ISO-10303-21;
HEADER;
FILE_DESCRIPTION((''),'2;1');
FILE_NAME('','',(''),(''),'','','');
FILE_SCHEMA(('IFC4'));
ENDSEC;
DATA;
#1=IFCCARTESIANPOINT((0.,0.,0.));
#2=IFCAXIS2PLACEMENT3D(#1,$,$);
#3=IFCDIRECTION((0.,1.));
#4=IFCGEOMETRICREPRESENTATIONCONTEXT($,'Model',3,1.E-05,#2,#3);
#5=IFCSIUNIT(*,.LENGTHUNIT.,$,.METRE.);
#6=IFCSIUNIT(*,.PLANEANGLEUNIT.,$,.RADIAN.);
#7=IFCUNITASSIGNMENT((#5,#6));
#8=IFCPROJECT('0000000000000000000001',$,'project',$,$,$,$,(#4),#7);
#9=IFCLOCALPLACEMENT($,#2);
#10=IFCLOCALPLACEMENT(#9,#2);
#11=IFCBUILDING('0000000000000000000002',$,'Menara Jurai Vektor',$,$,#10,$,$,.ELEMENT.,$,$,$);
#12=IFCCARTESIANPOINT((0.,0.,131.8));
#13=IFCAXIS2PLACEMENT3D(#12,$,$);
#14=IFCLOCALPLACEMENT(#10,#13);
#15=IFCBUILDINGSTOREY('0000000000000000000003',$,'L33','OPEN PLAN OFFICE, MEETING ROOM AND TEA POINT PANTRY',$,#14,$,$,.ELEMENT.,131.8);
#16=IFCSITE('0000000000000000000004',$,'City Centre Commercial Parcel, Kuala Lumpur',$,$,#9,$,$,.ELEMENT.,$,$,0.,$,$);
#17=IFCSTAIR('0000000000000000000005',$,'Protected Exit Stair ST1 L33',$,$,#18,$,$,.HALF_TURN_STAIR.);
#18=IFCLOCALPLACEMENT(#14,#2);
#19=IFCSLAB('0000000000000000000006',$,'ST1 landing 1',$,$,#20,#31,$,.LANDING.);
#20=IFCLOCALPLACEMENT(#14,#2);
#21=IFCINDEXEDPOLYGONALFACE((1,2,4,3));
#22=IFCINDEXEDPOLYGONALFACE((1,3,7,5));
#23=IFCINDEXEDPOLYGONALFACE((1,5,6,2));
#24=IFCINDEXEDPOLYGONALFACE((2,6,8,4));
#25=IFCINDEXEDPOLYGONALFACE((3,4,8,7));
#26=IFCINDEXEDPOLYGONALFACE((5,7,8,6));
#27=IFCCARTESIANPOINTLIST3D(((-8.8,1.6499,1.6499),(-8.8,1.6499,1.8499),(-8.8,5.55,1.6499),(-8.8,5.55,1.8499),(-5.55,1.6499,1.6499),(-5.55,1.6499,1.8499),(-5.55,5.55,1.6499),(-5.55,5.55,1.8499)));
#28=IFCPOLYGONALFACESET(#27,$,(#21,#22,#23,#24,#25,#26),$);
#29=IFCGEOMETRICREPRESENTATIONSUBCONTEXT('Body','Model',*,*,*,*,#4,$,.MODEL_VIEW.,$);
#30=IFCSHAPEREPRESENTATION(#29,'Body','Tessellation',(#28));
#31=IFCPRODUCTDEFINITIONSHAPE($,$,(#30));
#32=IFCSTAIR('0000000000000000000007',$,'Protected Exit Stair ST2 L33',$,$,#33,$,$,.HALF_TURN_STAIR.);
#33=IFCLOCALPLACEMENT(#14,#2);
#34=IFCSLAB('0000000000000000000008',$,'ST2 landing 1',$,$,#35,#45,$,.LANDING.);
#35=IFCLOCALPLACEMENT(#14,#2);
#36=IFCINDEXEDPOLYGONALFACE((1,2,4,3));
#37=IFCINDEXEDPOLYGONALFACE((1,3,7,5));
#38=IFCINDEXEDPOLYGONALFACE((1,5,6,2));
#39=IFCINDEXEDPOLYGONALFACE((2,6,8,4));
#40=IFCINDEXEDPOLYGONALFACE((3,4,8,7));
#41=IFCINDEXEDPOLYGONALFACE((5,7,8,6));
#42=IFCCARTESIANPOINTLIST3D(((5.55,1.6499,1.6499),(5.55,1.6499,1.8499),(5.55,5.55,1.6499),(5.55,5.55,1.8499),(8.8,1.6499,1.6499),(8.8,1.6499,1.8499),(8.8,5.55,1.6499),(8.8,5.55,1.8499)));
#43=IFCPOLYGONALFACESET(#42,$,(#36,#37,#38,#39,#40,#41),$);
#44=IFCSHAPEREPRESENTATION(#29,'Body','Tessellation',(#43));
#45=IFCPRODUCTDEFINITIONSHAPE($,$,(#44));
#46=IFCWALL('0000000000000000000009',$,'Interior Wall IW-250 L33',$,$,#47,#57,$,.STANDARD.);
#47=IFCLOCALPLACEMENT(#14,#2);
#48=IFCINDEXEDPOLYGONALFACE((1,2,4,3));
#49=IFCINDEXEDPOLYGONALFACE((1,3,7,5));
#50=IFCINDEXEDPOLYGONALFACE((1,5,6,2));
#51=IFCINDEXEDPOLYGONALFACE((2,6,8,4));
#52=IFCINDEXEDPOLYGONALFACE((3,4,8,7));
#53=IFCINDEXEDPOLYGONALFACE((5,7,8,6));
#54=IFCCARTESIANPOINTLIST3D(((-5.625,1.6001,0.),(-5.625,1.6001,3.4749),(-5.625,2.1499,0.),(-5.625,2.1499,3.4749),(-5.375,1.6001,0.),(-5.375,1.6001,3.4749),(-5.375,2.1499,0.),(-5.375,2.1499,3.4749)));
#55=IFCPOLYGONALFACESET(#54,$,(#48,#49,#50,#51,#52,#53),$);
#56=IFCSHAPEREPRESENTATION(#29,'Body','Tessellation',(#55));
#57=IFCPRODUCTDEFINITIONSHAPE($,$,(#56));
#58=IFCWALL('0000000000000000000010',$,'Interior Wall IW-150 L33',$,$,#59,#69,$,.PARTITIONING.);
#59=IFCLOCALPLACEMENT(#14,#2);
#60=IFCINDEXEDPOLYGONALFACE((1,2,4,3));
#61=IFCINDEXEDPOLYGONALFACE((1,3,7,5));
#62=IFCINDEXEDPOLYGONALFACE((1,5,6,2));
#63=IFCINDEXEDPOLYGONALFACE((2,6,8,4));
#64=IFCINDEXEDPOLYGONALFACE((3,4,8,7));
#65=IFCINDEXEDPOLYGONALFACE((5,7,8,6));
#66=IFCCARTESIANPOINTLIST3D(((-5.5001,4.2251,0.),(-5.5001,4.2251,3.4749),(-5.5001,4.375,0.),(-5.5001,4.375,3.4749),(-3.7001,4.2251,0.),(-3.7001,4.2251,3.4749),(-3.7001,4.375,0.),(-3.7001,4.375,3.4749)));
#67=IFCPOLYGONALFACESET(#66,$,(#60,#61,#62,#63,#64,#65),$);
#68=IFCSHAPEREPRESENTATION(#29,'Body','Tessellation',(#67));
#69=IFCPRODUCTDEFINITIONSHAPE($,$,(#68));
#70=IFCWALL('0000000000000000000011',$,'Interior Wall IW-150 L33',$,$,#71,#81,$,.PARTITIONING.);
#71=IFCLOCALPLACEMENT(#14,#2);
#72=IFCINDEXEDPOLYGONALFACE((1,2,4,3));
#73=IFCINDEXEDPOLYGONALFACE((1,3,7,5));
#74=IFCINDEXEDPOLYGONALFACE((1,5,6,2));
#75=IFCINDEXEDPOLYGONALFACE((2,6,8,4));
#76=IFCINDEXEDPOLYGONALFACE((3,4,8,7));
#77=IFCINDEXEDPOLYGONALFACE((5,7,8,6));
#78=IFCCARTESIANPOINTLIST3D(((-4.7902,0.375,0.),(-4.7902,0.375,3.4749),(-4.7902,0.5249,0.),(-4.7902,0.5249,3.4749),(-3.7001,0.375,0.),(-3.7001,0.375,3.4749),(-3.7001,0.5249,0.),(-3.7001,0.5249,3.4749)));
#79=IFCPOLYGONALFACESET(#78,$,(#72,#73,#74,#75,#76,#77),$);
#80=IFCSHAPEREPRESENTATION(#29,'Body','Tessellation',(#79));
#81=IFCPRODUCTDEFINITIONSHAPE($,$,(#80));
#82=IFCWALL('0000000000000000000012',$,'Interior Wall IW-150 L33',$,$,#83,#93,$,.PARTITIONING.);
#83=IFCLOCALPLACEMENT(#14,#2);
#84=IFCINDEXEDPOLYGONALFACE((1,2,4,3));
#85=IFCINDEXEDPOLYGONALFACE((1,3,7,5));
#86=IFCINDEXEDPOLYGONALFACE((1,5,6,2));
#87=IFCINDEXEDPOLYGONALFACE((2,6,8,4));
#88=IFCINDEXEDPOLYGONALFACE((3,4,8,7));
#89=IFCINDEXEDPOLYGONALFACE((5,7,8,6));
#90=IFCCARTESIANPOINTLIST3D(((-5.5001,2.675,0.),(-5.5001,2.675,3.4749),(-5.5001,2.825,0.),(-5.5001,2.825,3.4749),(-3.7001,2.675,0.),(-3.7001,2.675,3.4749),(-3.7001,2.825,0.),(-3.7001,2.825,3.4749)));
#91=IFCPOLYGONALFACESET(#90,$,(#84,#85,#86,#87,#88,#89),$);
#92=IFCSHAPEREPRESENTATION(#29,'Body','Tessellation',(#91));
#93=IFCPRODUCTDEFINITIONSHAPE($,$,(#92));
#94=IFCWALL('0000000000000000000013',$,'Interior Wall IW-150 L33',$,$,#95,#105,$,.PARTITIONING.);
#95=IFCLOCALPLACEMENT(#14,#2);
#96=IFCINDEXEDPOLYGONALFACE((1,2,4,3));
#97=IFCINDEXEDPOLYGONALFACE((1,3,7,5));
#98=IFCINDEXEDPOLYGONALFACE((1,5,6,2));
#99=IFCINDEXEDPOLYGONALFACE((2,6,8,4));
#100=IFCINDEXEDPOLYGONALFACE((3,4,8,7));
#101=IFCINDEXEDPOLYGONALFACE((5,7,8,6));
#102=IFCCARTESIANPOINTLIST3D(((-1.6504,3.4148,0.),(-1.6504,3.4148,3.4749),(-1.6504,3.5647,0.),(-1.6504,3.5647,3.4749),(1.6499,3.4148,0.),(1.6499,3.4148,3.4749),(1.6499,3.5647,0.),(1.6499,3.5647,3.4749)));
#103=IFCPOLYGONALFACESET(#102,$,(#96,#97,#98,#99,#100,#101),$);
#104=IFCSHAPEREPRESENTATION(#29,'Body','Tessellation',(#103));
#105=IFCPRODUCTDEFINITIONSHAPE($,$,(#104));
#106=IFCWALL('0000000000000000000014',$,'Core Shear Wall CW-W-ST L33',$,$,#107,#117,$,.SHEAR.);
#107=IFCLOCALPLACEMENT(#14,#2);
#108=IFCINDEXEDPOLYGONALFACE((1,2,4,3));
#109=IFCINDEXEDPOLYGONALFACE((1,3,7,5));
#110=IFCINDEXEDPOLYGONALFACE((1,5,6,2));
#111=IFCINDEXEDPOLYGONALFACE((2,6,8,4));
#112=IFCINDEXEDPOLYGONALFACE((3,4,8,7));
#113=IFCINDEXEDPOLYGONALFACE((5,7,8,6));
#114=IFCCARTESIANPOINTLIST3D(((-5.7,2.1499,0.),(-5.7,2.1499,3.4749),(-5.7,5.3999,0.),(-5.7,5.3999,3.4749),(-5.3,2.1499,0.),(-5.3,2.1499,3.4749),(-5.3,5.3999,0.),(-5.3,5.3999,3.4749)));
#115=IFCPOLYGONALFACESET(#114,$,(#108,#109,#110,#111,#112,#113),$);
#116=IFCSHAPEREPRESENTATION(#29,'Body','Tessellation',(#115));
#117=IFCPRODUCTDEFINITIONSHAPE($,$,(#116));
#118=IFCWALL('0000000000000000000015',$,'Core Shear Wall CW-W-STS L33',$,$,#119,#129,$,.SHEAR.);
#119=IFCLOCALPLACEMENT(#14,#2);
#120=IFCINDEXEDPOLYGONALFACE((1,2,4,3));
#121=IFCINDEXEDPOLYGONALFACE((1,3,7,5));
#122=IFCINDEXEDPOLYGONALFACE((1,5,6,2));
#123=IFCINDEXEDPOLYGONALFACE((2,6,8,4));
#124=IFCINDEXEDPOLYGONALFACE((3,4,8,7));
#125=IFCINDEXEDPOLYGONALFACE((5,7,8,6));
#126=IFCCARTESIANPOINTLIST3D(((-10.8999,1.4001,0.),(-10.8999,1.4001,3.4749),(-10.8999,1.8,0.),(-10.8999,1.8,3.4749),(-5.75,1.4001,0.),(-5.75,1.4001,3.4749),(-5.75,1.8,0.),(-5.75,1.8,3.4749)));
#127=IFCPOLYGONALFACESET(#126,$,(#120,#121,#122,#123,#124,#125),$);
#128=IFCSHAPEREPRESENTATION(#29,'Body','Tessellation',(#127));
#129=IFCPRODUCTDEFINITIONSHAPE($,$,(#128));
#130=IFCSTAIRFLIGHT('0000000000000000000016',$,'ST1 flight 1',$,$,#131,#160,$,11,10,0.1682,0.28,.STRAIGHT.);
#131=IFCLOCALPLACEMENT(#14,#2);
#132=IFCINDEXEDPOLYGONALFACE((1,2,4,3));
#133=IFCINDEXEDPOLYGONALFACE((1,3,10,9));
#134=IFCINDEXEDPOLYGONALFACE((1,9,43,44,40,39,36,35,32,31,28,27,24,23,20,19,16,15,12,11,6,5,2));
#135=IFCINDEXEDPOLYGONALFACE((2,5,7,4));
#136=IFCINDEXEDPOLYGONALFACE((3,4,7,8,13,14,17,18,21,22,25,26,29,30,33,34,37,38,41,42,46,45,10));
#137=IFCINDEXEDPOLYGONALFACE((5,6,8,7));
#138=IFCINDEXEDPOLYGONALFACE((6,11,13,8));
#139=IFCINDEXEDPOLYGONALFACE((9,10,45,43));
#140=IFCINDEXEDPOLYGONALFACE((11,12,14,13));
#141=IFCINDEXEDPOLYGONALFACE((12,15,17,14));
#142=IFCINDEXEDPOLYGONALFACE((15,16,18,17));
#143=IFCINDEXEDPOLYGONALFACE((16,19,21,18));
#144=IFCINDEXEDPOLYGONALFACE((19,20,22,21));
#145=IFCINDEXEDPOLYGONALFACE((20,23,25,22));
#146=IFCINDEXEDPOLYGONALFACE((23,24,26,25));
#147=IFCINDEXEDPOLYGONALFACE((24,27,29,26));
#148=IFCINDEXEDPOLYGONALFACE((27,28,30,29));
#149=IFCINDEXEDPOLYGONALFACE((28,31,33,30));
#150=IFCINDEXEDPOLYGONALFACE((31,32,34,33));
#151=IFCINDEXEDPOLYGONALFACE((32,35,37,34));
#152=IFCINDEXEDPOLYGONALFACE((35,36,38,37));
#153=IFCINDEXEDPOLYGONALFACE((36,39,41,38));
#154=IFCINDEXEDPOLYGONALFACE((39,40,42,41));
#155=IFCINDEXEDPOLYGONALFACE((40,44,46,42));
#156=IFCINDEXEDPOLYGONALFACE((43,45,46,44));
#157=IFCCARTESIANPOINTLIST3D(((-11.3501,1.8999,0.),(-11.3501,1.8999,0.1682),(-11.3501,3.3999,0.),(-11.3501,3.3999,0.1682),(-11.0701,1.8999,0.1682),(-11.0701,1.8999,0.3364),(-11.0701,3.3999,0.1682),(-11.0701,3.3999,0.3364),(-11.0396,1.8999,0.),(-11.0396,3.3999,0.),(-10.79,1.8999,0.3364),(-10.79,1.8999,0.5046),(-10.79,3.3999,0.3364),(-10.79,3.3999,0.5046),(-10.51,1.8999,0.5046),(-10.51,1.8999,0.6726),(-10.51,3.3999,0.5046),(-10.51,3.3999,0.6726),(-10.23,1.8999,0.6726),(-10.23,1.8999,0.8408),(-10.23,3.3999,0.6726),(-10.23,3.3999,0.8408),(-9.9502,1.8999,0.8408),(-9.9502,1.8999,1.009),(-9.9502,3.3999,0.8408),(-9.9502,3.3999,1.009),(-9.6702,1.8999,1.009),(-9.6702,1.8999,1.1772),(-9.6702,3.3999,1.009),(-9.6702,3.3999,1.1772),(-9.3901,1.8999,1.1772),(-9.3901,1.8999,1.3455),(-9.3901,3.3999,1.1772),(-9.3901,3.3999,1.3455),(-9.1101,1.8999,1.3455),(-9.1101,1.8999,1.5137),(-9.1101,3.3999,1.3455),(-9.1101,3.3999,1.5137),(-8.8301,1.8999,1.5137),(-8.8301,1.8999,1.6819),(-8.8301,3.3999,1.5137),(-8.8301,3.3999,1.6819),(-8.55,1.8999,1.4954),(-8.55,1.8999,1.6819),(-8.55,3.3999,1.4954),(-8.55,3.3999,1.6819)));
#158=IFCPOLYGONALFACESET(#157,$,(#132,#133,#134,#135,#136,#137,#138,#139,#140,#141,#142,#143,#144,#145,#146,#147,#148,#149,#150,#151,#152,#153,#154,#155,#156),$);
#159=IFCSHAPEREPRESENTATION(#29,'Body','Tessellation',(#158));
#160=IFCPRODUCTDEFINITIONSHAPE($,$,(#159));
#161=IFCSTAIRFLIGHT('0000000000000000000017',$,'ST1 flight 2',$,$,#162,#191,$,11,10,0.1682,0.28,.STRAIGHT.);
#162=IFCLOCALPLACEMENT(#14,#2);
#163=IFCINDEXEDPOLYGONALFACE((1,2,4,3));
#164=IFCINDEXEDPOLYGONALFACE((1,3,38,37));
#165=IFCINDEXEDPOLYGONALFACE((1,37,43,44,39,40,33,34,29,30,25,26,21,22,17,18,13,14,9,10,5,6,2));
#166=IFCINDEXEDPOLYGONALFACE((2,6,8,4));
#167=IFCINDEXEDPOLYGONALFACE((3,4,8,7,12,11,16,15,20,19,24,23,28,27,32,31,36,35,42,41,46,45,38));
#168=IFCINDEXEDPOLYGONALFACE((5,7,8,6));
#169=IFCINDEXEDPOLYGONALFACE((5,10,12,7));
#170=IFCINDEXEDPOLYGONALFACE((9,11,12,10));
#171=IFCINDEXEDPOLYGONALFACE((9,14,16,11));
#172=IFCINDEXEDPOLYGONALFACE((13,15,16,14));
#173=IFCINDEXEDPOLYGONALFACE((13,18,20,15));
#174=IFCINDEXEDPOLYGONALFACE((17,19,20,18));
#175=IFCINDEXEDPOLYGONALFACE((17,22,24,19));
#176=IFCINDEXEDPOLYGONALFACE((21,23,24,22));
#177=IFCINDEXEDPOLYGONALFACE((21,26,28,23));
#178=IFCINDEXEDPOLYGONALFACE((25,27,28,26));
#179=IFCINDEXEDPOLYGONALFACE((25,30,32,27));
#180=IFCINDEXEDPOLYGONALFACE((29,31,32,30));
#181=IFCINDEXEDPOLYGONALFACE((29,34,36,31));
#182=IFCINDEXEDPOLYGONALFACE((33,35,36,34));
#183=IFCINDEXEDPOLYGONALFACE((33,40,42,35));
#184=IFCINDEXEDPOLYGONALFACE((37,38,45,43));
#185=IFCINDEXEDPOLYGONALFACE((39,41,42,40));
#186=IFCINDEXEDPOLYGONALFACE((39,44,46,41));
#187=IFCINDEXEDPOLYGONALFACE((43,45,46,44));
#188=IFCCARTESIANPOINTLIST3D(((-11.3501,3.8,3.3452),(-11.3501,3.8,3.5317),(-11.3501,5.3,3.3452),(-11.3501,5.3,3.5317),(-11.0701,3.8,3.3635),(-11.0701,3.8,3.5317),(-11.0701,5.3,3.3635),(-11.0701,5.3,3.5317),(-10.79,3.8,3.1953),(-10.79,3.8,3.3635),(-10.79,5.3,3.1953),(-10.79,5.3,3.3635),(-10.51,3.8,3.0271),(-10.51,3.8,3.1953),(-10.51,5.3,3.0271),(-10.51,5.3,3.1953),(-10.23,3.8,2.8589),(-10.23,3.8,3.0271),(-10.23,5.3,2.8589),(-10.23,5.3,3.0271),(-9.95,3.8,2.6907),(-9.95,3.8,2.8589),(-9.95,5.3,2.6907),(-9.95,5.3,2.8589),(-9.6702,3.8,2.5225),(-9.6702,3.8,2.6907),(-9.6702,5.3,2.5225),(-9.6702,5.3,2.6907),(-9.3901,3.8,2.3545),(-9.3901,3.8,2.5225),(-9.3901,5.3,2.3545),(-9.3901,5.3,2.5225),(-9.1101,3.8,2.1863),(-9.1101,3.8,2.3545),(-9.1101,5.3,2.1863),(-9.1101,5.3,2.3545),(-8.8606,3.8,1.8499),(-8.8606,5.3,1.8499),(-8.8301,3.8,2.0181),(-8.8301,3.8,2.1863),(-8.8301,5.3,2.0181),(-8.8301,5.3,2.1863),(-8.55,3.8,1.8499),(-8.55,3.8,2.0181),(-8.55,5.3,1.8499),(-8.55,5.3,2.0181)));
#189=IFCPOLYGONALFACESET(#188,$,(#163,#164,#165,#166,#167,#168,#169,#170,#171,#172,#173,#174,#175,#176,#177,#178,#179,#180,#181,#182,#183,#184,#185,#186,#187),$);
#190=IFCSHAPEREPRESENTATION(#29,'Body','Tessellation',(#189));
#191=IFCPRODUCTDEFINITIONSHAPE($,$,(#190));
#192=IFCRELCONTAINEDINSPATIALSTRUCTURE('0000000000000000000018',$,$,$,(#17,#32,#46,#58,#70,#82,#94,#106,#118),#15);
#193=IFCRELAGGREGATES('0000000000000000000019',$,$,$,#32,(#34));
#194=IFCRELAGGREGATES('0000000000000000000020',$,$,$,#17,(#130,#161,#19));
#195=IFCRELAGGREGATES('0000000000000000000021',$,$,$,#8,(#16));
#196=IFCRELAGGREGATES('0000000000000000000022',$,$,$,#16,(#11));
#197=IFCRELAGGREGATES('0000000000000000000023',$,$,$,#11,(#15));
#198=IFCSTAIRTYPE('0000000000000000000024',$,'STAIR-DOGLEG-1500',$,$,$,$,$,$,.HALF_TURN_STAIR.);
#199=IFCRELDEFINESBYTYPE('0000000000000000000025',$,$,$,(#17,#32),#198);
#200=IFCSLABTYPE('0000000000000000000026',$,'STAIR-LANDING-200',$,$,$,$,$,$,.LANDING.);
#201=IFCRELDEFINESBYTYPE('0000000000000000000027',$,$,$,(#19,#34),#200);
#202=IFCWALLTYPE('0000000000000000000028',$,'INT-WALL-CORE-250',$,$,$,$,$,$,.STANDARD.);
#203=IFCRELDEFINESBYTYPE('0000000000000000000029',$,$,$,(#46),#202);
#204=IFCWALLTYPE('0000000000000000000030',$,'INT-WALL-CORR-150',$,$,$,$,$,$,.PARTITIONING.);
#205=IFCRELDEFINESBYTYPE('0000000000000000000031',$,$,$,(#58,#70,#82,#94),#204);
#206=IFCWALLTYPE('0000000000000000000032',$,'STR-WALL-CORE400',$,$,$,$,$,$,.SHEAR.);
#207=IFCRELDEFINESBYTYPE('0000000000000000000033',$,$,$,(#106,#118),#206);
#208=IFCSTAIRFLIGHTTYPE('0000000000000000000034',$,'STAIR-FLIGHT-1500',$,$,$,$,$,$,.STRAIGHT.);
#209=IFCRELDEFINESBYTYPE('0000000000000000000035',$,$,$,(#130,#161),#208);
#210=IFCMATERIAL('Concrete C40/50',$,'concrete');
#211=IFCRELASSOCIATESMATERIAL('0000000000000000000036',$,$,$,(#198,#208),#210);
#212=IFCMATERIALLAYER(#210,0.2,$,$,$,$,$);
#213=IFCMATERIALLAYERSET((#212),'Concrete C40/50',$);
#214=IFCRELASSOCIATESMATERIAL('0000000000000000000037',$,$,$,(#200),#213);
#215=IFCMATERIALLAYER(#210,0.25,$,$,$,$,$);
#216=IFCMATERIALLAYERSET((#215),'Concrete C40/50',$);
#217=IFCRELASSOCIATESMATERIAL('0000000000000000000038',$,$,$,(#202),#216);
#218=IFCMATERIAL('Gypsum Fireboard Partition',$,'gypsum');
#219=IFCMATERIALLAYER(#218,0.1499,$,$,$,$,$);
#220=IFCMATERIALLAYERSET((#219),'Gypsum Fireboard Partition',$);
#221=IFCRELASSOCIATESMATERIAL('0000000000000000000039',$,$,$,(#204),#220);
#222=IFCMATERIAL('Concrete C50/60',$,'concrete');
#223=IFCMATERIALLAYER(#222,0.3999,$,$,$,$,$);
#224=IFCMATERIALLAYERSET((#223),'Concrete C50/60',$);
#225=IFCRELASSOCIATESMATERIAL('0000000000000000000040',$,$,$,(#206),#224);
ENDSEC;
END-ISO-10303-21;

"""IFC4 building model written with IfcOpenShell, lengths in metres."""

from ifc_helpers import new_model, si_unit, direction, frame, frame_2d, origin, place, context, subcontext, project, spatial, polyline, rectangle, outline, extrude, material, layer, layer_set, type_object, element, aggregate, save


model = new_model("IFC4")

# Units and contexts
model_context = context("Model", 3, precision=1e-05, world=origin(), true_north=direction((0.0, 1.0)))
body_context = subcontext(model_context, "Body", "Model", "MODEL_VIEW")
ifc_project = project(units=[si_unit("LENGTHUNIT", "METRE"), si_unit("PLANEANGLEUNIT", "RADIAN")], contexts=[model_context])

# Site, building, storey
site_placement = place(None, origin())
site = spatial("IfcSite", under=ifc_project, at=site_placement, Name="City Centre Commercial Parcel, Kuala Lumpur", CompositionType="ELEMENT", RefElevation=0.0)
building_placement = place(site_placement, origin())
building = spatial("IfcBuilding", under=site, at=building_placement, Name="Menara Jurai Vektor", CompositionType="ELEMENT")
storey_placement = place(building_placement, frame((0.0, 0.0, 131.8)))
storey = spatial("IfcBuildingStorey", under=building, at=storey_placement, Name="L33", Description="OPEN PLAN OFFICE, MEETING ROOM AND TEA POINT PANTRY", CompositionType="ELEMENT", Elevation=131.8)

# Shared definitions
ifc_material_1 = material(Name="Concrete C50/60", Category="concrete")

# Stairs, slabs
ifc_material_2 = material(Name="Concrete C40/50", Category="concrete")
stair_type = type_object("IfcStairType", Name="STAIR-DOGLEG-1500", PredefinedType="HALF_TURN_STAIR", material=ifc_material_2)
stair_1_placement = place(storey_placement, origin())
stair_1 = element("IfcStair", 1, at=stair_1_placement, inside=storey, type_object=stair_type, Name="Protected Exit Stair ST1 L33", PredefinedType="HALF_TURN_STAIR")
ifc_layer_1 = layer(ifc_material_2, 0.2)
ifc_layer_set_1 = layer_set([ifc_layer_1], Name="Concrete C40/50")
slab_type = type_object("IfcSlabType", Name="STAIR-LANDING-200", PredefinedType="LANDING", material=ifc_layer_set_1)
slab_1_placement = place(storey_placement, frame((0.0, 0.0, 1.6499)))
slab_1 = element("IfcSlab", 2, at=slab_1_placement, type_object=slab_type, Name="ST1 landing 1", PredefinedType="LANDING", context=body_context, shape_type="SweptSolid", body=[
    extrude(outline(polyline([(-8.8, 1.6499), (-5.55, 1.6499), (-5.55, 5.55), (-8.8, 5.55), (-8.8, 1.6499)])), origin(), (0.0, 0.0, 1.0), 0.2),
])
stair_2_placement = place(storey_placement, origin())
stair_2 = element("IfcStair", 3, at=stair_2_placement, inside=storey, type_object=stair_type, Name="Protected Exit Stair ST2 L33", PredefinedType="HALF_TURN_STAIR")
slab_2_placement = place(storey_placement, frame((0.0, 0.0, 1.6499)))
slab_2 = element("IfcSlab", 4, at=slab_2_placement, type_object=slab_type, Name="ST2 landing 1", PredefinedType="LANDING", context=body_context, shape_type="SweptSolid", body=[
    extrude(outline(polyline([(5.55, 1.6499), (8.8, 1.6499), (8.8, 5.55), (5.55, 5.55), (5.55, 1.6499)])), origin(), (0.0, 0.0, 1.0), 0.2),
])
aggregate(stair_2, [slab_2])

# Shared definitions
ifc_layer_2 = layer(ifc_material_2, 0.25)
ifc_layer_set_2 = layer_set([ifc_layer_2], Name="Concrete C40/50")
wall_type_1 = type_object("IfcWallType", Name="INT-WALL-CORE-250", PredefinedType="STANDARD", material=ifc_layer_set_2)

# Walls
wall_1_placement = place(storey_placement, frame((-5.5, 1.6001, 0.0), z_axis=(0.0, 0.0, 1.0), x_axis=(0.0, 1.0, 0.0)))
element("IfcWall", 5, at=wall_1_placement, inside=storey, type_object=wall_type_1, Name="Interior Wall IW-250 L33", PredefinedType="STANDARD", context=body_context, shape_type="SweptSolid", body=[
    extrude(rectangle(XDim=0.5498, YDim=0.25, at=frame_2d((0.2749, 0.0))), origin(), (0.0, 0.0, 1.0), 3.4749),
])
ifc_material_3 = material(Name="Gypsum Fireboard Partition", Category="gypsum")
ifc_layer_3 = layer(ifc_material_3, 0.1499)
ifc_layer_set_3 = layer_set([ifc_layer_3], Name="Gypsum Fireboard Partition")
wall_type_2 = type_object("IfcWallType", Name="INT-WALL-CORR-150", PredefinedType="PARTITIONING", material=ifc_layer_set_3)
wall_2_placement = place(storey_placement, frame((-5.5, 4.3, 0.0), z_axis=(0.0, 0.0, 1.0), x_axis=(1.0, 0.0, 0.0)))
element("IfcWall", 6, at=wall_2_placement, inside=storey, type_object=wall_type_2, Name="Interior Wall IW-150 L33", PredefinedType="PARTITIONING", context=body_context, shape_type="SweptSolid", body=[
    extrude(rectangle(XDim=1.8, YDim=0.1499, at=frame_2d((0.8999, 0.0))), origin(), (0.0, 0.0, 1.0), 3.4749),
])
wall_3_placement = place(storey_placement, frame((-4.79, 0.45, 0.0), z_axis=(0.0, 0.0, 1.0), x_axis=(1.0, 0.0, 0.0)))
element("IfcWall", 7, at=wall_3_placement, inside=storey, type_object=wall_type_2, Name="Interior Wall IW-150 L33", PredefinedType="PARTITIONING", context=body_context, shape_type="SweptSolid", body=[
    extrude(rectangle(XDim=1.0901, YDim=0.1499, at=frame_2d((0.5449, 0.0))), origin(), (0.0, 0.0, 1.0), 3.4749),
])
wall_4_placement = place(storey_placement, frame((-5.5, 2.75, 0.0), z_axis=(0.0, 0.0, 1.0), x_axis=(1.0, 0.0, 0.0)))
element("IfcWall", 8, at=wall_4_placement, inside=storey, type_object=wall_type_2, Name="Interior Wall IW-150 L33", PredefinedType="PARTITIONING", context=body_context, shape_type="SweptSolid", body=[
    extrude(rectangle(XDim=1.8, YDim=0.1499, at=frame_2d((0.8999, 0.0))), origin(), (0.0, 0.0, 1.0), 3.4749),
])
wall_5_placement = place(storey_placement, frame((-1.6504, 3.4897, 0.0), z_axis=(0.0, 0.0, 1.0), x_axis=(1.0, 0.0, 0.0)))
element("IfcWall", 9, at=wall_5_placement, inside=storey, type_object=wall_type_2, Name="Interior Wall IW-150 L33", PredefinedType="PARTITIONING", context=body_context, shape_type="SweptSolid", body=[
    extrude(rectangle(XDim=3.3003, YDim=0.1499, at=frame_2d((1.6501, 0.0))), origin(), (0.0, 0.0, 1.0), 3.4749),
])
ifc_layer_4 = layer(ifc_material_1, 0.3999)
ifc_layer_set_4 = layer_set([ifc_layer_4], Name="Concrete C50/60")
wall_type_3 = type_object("IfcWallType", Name="STR-WALL-CORE400", PredefinedType="SHEAR", material=ifc_layer_set_4)
wall_6_placement = place(storey_placement, frame((-5.5, 2.1499, 0.0), z_axis=(0.0, 0.0, 1.0), x_axis=(0.0, 1.0, 0.0)))
element("IfcWall", 10, at=wall_6_placement, inside=storey, type_object=wall_type_3, Name="Core Shear Wall CW-W-ST L33", PredefinedType="SHEAR", context=body_context, shape_type="SweptSolid", body=[
    extrude(rectangle(XDim=3.25, YDim=0.3999, at=frame_2d((1.625, 0.0))), origin(), (0.0, 0.0, 1.0), 3.4749),
])
wall_7_placement = place(storey_placement, frame((-10.8999, 1.6001, 0.0), z_axis=(0.0, 0.0, 1.0), x_axis=(1.0, 0.0, 0.0)))
element("IfcWall", 11, at=wall_7_placement, inside=storey, type_object=wall_type_3, Name="Core Shear Wall CW-W-STS L33", PredefinedType="SHEAR", context=body_context, shape_type="SweptSolid", body=[
    extrude(rectangle(XDim=5.1499, YDim=0.3999, at=frame_2d((2.575, 0.0))), origin(), (0.0, 0.0, 1.0), 3.4749),
])

# Stair flights
stair_flight_type = type_object("IfcStairFlightType", Name="STAIR-FLIGHT-1500", PredefinedType="STRAIGHT", material=ifc_material_2)
stair_flight_1_placement = place(storey_placement, frame((-11.3501, 2.6499, 0.0), z_axis=(0.0, 0.0, 1.0), x_axis=(1.0, 0.0, 0.0)))
stair_flight_1 = element("IfcStairFlight", 12, at=stair_flight_1_placement, type_object=stair_flight_type, Name="ST1 flight 1", NumberOfRisers=11, NumberOfTreads=10, PredefinedType="STRAIGHT", RiserHeight=0.1682, TreadLength=0.28, context=body_context, shape_type="SweptSolid", body=[
    extrude(outline(polyline([(0.0, 0.0), (0.0, 0.1682), (0.28, 0.1682), (0.28, 0.3364), (0.5601, 0.3364), (0.5601, 0.5046), (0.8401, 0.5046), (0.8401, 0.6726), (1.1201, 0.6726), (1.1201, 0.8408), (1.3999, 0.8408), (1.3999, 1.009), (1.6799, 1.009), (1.6799, 1.1772), (1.96, 1.1772), (1.96, 1.3455), (2.24, 1.3455), (2.24, 1.5137), (2.52, 1.5137), (2.52, 1.6819), (2.8, 1.6819), (2.8, 1.8501), (2.8, 1.4954), (0.3105, 0.0), (0.0, 0.0)])), frame((0.0, 0.75, 0.0), z_axis=(0.0, -1.0, 0.0), x_axis=(1.0, 0.0, 0.0)), (0.0, 0.0, 1.0), 1.5),
])
stair_flight_2_placement = place(storey_placement, frame((-8.55, 4.55, 1.8499), z_axis=(0.0, 0.0, 1.0), x_axis=(-1.0, 0.0, 0.0)))
stair_flight_2 = element("IfcStairFlight", 13, at=stair_flight_2_placement, type_object=stair_flight_type, Name="ST1 flight 2", NumberOfRisers=11, NumberOfTreads=10, PredefinedType="STRAIGHT", RiserHeight=0.1682, TreadLength=0.28, context=body_context, shape_type="SweptSolid", body=[
    extrude(outline(polyline([(0.0, 0.0), (0.0, 0.1682), (0.28, 0.1682), (0.28, 0.3364), (0.5601, 0.3364), (0.5601, 0.5046), (0.8401, 0.5046), (0.8401, 0.6726), (1.1201, 0.6726), (1.1201, 0.8408), (1.3999, 0.8408), (1.3999, 1.009), (1.6799, 1.009), (1.6799, 1.1772), (1.96, 1.1772), (1.96, 1.3455), (2.24, 1.3455), (2.24, 1.5137), (2.52, 1.5137), (2.52, 1.6819), (2.8, 1.6819), (2.8, 1.8501), (2.8, 1.4954), (0.3105, 0.0), (0.0, 0.0)])), frame((0.0, 0.75, 0.0), z_axis=(0.0, -1.0, 0.0), x_axis=(1.0, 0.0, 0.0)), (0.0, 0.0, 1.0), 1.5),
])
aggregate(stair_1, [stair_flight_1, stair_flight_2, slab_1])

save(model, "model.ifc")
